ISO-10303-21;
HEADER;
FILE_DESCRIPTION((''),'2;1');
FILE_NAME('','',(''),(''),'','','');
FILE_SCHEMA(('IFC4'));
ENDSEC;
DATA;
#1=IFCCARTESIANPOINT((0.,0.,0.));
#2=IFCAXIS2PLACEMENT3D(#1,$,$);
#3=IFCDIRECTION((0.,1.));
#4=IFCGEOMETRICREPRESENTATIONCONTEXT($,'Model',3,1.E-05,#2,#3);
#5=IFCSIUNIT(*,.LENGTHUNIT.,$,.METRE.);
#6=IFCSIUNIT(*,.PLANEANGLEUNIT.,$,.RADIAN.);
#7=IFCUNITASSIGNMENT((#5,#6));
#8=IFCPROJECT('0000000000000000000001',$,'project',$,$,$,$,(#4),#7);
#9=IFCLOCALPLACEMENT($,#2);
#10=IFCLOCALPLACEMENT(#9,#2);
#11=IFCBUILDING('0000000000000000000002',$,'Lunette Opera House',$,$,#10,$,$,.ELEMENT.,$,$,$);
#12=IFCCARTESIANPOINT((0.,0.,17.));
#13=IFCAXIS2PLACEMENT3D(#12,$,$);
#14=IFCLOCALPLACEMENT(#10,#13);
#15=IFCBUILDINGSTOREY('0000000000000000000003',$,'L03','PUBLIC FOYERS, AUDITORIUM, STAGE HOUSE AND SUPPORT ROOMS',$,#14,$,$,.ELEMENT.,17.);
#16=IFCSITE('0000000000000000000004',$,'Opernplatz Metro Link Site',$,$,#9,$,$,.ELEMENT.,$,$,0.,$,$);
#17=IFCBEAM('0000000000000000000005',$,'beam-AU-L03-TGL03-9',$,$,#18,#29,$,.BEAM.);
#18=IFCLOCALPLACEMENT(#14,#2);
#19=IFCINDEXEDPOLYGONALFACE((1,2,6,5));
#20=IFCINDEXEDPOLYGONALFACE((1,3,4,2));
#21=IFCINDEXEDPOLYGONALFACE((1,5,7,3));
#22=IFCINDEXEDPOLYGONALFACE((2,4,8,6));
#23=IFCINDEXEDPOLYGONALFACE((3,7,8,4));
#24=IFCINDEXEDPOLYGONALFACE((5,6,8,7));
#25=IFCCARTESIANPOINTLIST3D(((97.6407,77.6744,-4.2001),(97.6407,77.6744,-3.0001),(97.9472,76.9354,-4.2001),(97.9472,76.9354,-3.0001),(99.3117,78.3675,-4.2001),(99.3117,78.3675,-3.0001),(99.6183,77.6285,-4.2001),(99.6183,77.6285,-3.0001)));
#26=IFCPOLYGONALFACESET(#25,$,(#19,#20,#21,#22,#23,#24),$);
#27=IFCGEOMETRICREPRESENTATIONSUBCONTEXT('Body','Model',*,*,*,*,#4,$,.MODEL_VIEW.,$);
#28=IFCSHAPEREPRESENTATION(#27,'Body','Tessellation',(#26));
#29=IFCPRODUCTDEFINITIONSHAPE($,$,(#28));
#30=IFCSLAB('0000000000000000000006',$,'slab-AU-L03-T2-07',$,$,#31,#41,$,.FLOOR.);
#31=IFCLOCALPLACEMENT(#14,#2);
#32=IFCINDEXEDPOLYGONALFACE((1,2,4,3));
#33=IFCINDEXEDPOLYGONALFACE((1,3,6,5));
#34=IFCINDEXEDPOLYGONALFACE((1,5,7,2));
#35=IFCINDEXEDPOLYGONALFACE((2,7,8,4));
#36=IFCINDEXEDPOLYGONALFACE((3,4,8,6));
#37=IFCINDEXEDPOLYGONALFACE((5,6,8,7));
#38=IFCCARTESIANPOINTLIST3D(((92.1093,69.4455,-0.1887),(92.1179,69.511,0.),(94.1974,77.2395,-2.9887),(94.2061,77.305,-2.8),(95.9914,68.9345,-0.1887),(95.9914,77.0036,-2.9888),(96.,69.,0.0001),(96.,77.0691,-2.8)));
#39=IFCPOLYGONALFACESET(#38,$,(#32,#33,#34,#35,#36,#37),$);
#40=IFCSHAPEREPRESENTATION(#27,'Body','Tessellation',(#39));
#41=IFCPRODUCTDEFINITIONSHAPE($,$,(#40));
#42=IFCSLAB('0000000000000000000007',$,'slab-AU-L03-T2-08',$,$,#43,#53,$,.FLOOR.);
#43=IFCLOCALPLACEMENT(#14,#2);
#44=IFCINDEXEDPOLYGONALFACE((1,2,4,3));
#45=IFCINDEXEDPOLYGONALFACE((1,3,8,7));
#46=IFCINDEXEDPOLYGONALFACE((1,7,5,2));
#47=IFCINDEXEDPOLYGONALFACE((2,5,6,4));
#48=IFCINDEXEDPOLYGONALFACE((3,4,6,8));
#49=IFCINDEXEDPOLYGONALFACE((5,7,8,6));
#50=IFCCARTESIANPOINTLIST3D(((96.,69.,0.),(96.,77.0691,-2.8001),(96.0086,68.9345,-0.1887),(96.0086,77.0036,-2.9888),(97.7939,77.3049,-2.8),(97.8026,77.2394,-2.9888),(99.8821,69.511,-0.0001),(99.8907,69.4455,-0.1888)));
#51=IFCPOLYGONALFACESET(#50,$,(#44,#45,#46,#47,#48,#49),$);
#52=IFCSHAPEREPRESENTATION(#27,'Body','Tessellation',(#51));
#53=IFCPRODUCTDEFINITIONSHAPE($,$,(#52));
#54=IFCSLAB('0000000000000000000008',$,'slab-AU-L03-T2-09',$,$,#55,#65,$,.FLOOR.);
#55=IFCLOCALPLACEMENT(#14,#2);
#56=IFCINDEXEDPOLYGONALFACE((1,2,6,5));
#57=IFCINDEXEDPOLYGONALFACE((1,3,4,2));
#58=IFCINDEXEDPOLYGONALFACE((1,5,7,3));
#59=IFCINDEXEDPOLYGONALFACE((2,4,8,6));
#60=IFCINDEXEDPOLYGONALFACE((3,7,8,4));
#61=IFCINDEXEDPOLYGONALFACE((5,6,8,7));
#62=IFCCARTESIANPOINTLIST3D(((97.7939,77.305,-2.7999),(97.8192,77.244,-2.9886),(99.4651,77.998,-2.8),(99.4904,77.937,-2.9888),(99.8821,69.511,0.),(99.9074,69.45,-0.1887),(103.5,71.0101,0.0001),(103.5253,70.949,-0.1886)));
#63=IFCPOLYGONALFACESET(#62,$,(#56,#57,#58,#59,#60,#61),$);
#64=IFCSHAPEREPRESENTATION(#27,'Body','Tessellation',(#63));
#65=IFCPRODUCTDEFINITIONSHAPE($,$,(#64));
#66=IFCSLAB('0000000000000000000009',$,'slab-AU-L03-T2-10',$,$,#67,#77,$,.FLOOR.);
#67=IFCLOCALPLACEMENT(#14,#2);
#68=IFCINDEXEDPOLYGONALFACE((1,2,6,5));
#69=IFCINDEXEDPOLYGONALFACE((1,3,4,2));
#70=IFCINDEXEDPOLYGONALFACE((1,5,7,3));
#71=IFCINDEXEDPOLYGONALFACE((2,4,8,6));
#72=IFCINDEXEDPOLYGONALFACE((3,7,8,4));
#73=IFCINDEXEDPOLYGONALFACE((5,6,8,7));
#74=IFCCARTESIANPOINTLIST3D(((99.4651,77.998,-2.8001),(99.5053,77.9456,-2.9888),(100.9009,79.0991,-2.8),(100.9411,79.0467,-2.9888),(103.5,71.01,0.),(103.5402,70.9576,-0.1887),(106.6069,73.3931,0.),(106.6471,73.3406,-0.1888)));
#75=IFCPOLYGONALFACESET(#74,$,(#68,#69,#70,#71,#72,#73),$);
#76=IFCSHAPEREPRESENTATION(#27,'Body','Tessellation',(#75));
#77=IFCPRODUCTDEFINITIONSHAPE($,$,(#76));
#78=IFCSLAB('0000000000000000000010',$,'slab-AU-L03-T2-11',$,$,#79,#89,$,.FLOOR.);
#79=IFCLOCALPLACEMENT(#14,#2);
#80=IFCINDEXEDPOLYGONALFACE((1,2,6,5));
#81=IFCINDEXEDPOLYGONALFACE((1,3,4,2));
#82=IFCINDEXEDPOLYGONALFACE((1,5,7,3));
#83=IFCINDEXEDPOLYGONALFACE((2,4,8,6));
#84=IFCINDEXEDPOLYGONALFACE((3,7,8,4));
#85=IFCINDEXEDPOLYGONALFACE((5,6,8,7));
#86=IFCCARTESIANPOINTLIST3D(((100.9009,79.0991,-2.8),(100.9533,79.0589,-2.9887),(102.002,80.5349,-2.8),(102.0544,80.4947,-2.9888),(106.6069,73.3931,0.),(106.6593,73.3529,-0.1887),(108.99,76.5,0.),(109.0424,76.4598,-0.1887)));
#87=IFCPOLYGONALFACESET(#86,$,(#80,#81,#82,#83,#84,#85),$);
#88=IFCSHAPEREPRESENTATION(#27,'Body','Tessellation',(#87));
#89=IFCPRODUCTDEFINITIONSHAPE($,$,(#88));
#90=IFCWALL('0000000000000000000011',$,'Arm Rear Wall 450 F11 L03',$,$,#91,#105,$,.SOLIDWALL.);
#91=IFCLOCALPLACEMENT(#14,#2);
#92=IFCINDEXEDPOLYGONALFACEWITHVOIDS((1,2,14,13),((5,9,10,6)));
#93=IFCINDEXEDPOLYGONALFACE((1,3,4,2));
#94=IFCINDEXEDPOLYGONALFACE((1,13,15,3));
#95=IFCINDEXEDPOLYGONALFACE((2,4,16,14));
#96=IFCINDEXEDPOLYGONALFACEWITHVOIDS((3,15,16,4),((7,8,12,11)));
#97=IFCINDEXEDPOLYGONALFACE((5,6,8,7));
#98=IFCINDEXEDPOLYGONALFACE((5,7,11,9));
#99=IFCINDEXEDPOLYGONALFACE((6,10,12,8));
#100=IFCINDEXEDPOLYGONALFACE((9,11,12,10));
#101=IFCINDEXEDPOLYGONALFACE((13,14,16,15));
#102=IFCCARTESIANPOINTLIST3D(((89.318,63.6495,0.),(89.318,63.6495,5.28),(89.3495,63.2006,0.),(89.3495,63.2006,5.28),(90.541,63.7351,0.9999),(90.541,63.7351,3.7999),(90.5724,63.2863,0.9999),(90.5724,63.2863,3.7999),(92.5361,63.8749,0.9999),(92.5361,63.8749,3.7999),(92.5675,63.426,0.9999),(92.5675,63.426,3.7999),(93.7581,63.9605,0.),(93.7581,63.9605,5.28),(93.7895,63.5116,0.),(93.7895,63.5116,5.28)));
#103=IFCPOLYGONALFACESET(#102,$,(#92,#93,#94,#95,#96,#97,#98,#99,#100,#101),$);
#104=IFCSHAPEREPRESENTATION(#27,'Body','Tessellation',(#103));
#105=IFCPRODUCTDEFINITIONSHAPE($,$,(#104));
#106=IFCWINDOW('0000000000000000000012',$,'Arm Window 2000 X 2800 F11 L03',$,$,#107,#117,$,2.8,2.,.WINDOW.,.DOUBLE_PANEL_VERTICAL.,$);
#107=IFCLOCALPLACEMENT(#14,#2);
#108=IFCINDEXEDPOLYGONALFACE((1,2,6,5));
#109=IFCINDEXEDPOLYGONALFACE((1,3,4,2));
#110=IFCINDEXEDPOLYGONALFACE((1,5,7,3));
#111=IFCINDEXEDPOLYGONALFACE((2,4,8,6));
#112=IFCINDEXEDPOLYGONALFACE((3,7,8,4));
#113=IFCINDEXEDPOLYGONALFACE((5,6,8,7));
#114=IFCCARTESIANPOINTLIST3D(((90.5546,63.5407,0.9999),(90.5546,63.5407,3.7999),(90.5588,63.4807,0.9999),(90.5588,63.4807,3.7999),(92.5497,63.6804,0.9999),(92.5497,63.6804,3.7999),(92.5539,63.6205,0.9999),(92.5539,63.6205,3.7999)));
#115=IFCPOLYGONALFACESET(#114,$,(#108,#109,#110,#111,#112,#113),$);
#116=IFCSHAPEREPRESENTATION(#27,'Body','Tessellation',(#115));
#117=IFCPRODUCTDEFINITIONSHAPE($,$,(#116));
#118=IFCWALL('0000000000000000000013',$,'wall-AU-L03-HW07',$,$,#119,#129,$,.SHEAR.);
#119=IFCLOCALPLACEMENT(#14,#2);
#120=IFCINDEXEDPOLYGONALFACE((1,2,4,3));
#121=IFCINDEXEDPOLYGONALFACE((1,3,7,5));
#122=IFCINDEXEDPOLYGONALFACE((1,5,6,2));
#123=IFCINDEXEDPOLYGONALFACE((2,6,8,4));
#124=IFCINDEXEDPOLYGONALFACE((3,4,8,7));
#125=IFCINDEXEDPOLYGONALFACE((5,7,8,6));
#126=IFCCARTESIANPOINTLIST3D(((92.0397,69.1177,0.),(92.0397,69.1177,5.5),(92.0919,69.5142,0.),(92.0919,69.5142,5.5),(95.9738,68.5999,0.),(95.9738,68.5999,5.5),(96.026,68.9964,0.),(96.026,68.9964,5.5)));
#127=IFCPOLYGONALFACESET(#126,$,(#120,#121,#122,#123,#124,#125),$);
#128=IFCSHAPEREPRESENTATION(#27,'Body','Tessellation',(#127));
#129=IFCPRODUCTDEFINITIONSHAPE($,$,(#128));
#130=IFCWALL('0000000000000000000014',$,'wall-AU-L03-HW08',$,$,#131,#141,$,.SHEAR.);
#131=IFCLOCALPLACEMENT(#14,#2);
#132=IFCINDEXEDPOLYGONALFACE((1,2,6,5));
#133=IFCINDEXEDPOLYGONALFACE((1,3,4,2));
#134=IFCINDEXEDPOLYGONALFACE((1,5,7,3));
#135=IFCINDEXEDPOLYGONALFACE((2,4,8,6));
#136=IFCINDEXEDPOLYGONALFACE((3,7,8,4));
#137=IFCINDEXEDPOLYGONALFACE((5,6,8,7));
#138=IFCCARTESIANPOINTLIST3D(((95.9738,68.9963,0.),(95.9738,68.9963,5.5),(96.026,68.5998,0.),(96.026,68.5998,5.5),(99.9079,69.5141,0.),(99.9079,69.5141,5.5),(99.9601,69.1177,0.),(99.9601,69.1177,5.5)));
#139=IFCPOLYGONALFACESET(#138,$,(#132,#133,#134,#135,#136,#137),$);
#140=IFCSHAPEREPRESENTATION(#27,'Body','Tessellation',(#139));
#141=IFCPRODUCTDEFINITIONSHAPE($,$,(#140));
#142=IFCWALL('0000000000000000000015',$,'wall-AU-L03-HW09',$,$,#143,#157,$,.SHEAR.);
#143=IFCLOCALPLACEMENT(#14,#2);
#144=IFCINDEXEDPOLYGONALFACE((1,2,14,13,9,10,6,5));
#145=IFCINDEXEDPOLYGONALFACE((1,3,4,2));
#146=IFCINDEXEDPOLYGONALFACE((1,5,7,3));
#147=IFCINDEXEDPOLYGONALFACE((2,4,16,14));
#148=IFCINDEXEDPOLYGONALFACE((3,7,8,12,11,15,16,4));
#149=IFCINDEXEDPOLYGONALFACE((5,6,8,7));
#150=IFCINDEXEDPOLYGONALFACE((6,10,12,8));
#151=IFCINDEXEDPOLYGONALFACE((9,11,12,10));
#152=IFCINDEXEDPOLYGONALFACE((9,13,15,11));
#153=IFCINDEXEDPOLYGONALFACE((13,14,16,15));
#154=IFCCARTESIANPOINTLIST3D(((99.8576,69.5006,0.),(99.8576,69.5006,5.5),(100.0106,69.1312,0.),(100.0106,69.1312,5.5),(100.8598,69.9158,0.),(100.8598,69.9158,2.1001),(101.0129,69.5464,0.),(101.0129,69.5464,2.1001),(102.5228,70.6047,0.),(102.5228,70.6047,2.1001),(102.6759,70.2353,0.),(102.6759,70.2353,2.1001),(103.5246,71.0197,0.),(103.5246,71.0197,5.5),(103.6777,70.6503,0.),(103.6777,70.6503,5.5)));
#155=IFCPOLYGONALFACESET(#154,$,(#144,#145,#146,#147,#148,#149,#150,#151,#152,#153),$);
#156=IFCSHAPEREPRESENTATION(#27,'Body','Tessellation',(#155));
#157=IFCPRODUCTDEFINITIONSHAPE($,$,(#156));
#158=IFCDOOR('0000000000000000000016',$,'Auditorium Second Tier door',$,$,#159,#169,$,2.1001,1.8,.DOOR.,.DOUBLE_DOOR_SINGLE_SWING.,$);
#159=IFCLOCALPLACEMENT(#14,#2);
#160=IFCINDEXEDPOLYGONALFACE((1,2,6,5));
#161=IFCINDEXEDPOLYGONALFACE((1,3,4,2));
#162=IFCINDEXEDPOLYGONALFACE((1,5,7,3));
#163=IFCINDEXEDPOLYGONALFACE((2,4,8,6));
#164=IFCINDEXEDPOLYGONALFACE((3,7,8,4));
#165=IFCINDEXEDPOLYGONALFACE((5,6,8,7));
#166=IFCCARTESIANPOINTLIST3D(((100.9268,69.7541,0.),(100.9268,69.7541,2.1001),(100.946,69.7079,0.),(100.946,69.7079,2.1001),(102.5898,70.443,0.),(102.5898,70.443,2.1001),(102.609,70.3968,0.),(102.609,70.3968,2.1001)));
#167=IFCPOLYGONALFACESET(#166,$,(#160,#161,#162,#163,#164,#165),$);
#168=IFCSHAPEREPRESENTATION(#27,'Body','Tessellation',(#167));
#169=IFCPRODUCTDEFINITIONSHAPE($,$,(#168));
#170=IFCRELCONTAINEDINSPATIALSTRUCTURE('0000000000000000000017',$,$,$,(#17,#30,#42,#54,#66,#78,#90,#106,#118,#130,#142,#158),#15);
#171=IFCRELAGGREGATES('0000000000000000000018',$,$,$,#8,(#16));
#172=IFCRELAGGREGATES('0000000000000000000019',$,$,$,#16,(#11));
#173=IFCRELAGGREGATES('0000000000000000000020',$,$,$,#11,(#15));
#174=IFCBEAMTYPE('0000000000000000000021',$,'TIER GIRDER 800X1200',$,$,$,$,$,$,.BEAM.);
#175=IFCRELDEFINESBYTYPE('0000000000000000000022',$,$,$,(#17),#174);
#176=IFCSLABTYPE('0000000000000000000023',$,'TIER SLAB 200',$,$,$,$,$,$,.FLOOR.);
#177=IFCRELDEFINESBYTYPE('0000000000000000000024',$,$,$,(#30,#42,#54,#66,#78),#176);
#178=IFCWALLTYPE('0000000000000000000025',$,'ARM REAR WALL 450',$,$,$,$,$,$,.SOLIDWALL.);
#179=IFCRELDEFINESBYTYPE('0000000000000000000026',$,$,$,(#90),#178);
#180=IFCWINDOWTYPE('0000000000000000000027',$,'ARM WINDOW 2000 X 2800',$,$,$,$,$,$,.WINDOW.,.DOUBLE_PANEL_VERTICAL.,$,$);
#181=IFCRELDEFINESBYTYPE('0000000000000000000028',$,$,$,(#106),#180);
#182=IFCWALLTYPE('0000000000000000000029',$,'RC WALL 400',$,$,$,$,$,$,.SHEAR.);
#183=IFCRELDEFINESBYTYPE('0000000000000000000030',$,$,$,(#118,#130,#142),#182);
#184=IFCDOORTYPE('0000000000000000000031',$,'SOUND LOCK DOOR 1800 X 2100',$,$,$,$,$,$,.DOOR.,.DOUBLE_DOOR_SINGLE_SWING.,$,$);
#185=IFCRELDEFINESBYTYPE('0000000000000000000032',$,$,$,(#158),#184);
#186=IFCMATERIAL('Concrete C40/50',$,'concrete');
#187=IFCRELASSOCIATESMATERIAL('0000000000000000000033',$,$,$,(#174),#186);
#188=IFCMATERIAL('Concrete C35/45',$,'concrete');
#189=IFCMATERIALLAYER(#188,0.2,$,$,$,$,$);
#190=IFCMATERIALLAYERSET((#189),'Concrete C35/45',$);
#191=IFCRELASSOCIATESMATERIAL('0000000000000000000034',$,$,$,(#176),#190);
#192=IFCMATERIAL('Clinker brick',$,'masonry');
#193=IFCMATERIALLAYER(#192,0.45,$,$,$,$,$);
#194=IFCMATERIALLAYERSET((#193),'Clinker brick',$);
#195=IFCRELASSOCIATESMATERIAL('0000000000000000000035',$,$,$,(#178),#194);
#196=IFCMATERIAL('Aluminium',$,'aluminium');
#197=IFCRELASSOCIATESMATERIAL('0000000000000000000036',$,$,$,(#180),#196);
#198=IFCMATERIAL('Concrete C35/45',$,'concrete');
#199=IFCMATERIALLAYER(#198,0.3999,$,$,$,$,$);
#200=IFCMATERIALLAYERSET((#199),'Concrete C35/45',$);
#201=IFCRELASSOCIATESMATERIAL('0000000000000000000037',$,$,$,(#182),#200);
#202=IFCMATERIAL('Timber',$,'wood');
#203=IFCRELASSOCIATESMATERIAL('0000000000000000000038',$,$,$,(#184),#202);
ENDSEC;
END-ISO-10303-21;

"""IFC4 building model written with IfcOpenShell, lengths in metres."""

from ifc_helpers import new_model, si_unit, direction, frame, frame_2d, origin, origin_2d, place, context, subcontext, project, spatial, polyline, rectangle, outline, extrude, material, layer, layer_set, material_profile, profile_set, type_object, element, fill, save


model = new_model("IFC4")

# Units and contexts
model_context = context("Model", 3, precision=1e-05, world=origin(), true_north=direction((0.0, 1.0)))
body_context = subcontext(model_context, "Body", "Model", "MODEL_VIEW")
ifc_project = project(units=[si_unit("LENGTHUNIT", "METRE"), si_unit("PLANEANGLEUNIT", "RADIAN")], contexts=[model_context])

# Site, building, storey
site_placement = place(None, origin())
site = spatial("IfcSite", under=ifc_project, at=site_placement, Name="Opernplatz Metro Link Site", CompositionType="ELEMENT", RefElevation=0.0)
building_placement = place(site_placement, origin())
building = spatial("IfcBuilding", under=site, at=building_placement, Name="Lunette Opera House", CompositionType="ELEMENT")
storey_placement = place(building_placement, frame((0.0, 0.0, 17.0)))
storey = spatial("IfcBuildingStorey", under=building, at=storey_placement, Name="L03", Description="PUBLIC FOYERS, AUDITORIUM, STAGE HOUSE AND SUPPORT ROOMS", CompositionType="ELEMENT", Elevation=17.0)

# Beam
ifc_material_1 = material(Name="Concrete C40/50", Category="concrete")
ifc_material_profile_1 = material_profile(ifc_material_1, rectangle(XDim=0.8, YDim=1.2, at=origin_2d()), Name="TIER GIRDER 800X1200")
ifc_profile_set_1 = profile_set([ifc_material_profile_1], Name="Concrete C40/50")
beam_type_1 = type_object("IfcBeamType", Name="TIER GIRDER 800X1200", PredefinedType="BEAM", material=ifc_profile_set_1)
beam_1_placement = place(storey_placement, frame((97.7939, 77.3049, -3.6001), z_axis=(0.923703, 0.383111, 0.0), x_axis=(-0.383111, 0.923703, 0.0)))
element("IfcBeam", 1, at=beam_1_placement, inside=storey, type_object=beam_type_1, Name="beam-AU-L03-TGL03-9", PredefinedType="BEAM", context=body_context, shape_type="SweptSolid", body=[
    extrude(rectangle(XDim=0.8, YDim=1.2, at=origin_2d()), origin(), (0.0, 0.0, 1.0), 1.8091),
])

# Slabs
ifc_material_2 = material(Name="Concrete C35/45", Category="concrete")
ifc_layer_1 = layer(ifc_material_2, 0.2)
ifc_layer_set_1 = layer_set([ifc_layer_1], Name="Concrete C35/45")
slab_type = type_object("IfcSlabType", Name="TIER SLAB 200", PredefinedType="FLOOR", material=ifc_layer_set_1)
slab_1_placement = place(storey_placement, frame((92.1179, 69.511, 0.0), z_axis=(0.043096, 0.327535, 0.943856), x_axis=(0.991449, -0.130496, 0.000016)))
element("IfcSlab", 2, at=slab_1_placement, inside=storey, type_object=slab_type, Name="slab-AU-L03-T2-07", PredefinedType="FLOOR", context=body_context, shape_type="SweptSolid", body=[
    extrude(outline(polyline([(0.0, 0.0), (3.9156, 0.0), (2.8625, 8.4759), (1.0532, 8.4757), (0.0, 0.0)])), origin(), (0.0, 0.0, -1.0), 0.2),
])
slab_2_placement = place(storey_placement, frame((96.0, 69.0, 0.0), z_axis=(-0.043096, 0.327535, 0.943856), x_axis=(0.991449, 0.130496, -0.000016)))
element("IfcSlab", 3, at=slab_2_placement, inside=storey, type_object=slab_type, Name="slab-AU-L03-T2-08", PredefinedType="FLOOR", context=body_context, shape_type="SweptSolid", body=[
    extrude(outline(polyline([(0.0, 0.0), (3.9156, 0.0), (2.8624, 8.4757), (1.053, 8.4759), (0.0, 0.0)])), origin(), (0.0, 0.0, -1.0), 0.2),
])
slab_3_placement = place(storey_placement, frame((99.8821, 69.511, 0.0), z_axis=(-0.126488, 0.305182, 0.943856), x_axis=(0.923836, 0.382789, 0.000036)))
element("IfcSlab", 4, at=slab_3_placement, inside=storey, type_object=slab_type, Name="slab-AU-L03-T2-09", PredefinedType="FLOOR", context=body_context, shape_type="SweptSolid", body=[
    extrude(outline(polyline([(0.0, 0.0), (3.9162, 0.0), (2.8634, 8.4762), (1.0542, 8.4755), (0.0, 0.0)])), origin(), (0.0, 0.0, -1.0), 0.2),
])
slab_4_placement = place(storey_placement, frame((103.5, 71.01, 0.0), z_axis=(-0.201039, 0.262122, 0.943862), x_axis=(0.793476, 0.608602, -0.000008)))
element("IfcSlab", 5, at=slab_4_placement, inside=storey, type_object=slab_type, Name="slab-AU-L03-T2-10", PredefinedType="FLOOR", context=body_context, shape_type="SweptSolid", body=[
    extrude(outline(polyline([(0.0, 0.0), (3.9156, 0.0), (2.8607, 8.4762), (1.0514, 8.4763), (0.0, 0.0)])), origin(), (0.0, 0.0, -1.0), 0.2),
])
slab_5_placement = place(storey_placement, frame((106.6069, 73.3931, 0.0), z_axis=(-0.262122, 0.201039, 0.943862), x_axis=(0.608602, 0.793476, 0.000008)))
element("IfcSlab", 6, at=slab_5_placement, inside=storey, type_object=slab_type, Name="slab-AU-L03-T2-11", PredefinedType="FLOOR", context=body_context, shape_type="SweptSolid", body=[
    extrude(outline(polyline([(0.0, 0.0), (3.9156, 0.0), (2.8643, 8.4763), (1.0549, 8.4762), (0.0, 0.0)])), origin(), (0.0, 0.0, -1.0), 0.2),
])

# Wall, opening, window
ifc_material_3 = material(Name="Clinker brick", Category="masonry")
ifc_layer_2 = layer(ifc_material_3, 0.45)
ifc_layer_set_2 = layer_set([ifc_layer_2], Name="Clinker brick")
wall_type_1 = type_object("IfcWallType", Name="ARM REAR WALL 450", PredefinedType="SOLIDWALL", material=ifc_layer_set_2)
wall_1_placement = place(storey_placement, frame((93.7739, 63.7361, 0.0), z_axis=(0.0, 0.0, 1.0), x_axis=(-0.997555, -0.069883, 0.0)))
wall_1 = element("IfcWall", 7, at=wall_1_placement, inside=storey, type_object=wall_type_1, Name="Arm Rear Wall 450 F11 L03", PredefinedType="SOLIDWALL", context=body_context, shape_type="SweptSolid", body=[
    extrude(rectangle(XDim=4.4509, YDim=0.45, at=frame_2d((2.2256, 0.0))), origin(), (0.0, 0.0, 1.0), 5.28),
])
opening_1_placement = place(wall_1_placement, frame((1.2251, 0.0, 1.0)))
opening_1 = element("IfcOpeningElement", 8, at=opening_1_placement, cuts=wall_1, PredefinedType="OPENING", context=body_context, shape_type="SweptSolid", body=[
    extrude(rectangle(XDim=2.0, YDim=2.8, at=frame_2d((1.0, 1.3999))), frame((0.0, 0.2371, 0.0), z_axis=(0.0, -1.0, 0.0), x_axis=(1.0, 0.0, 0.0)), (0.0, 0.0, 1.0), 0.4739),
])
ifc_material_4 = material(Name="Aluminium", Category="aluminium")
window_type = type_object("IfcWindowType", Name="ARM WINDOW 2000 X 2800", PartitioningType="DOUBLE_PANEL_VERTICAL", PredefinedType="WINDOW", material=ifc_material_4)
window_placement = place(opening_1_placement, origin())
window = element("IfcWindow", 9, at=window_placement, inside=storey, type_object=window_type, Name="Arm Window 2000 X 2800 F11 L03", OverallHeight=2.8, OverallWidth=2.0, PartitioningType="DOUBLE_PANEL_VERTICAL", PredefinedType="WINDOW", context=body_context, shape_type="SweptSolid", body=[
    extrude(rectangle(XDim=2.0, YDim=2.8, at=frame_2d((1.0, 1.3999))), frame((0.0, 0.03, 0.0), z_axis=(0.0, -1.0, 0.0), x_axis=(1.0, 0.0, 0.0)), (0.0, 0.0, 1.0), 0.0601),
])
fill(opening_1, window)

# Walls
ifc_material_5 = material(Name="Concrete C35/45", Category="concrete")
ifc_layer_3 = layer(ifc_material_5, 0.3999)
ifc_layer_set_3 = layer_set([ifc_layer_3], Name="Concrete C35/45")
wall_type_2 = type_object("IfcWallType", Name="RC WALL 400", PredefinedType="SHEAR", material=ifc_layer_set_3)
for number, where, z_axis, x_axis, name in (
    (10, (92.0659, 69.3159, 0.0), (0.0, 0.0, 1.0), (0.991448, -0.130499, 0.0), "wall-AU-L03-HW07"),
    (11, (96.0, 68.7981, 0.0), (0.0, 0.0, 1.0), (0.991448, 0.130499, 0.0), "wall-AU-L03-HW08"),
):
    element("IfcWall", number, at=place(storey_placement, frame(where, z_axis=z_axis, x_axis=x_axis)), inside=storey, type_object=wall_type_2, Name=name, PredefinedType="SHEAR", context=body_context, shape_type="SweptSolid", body=[
        extrude(rectangle(XDim=3.968, YDim=0.3999, at=frame_2d((1.9839, 0.0))), origin(), (0.0, 0.0, 1.0), 5.5),
    ])

# Wall, opening, door
wall_2_placement = place(storey_placement, frame((99.9341, 69.3159, 0.0), z_axis=(0.0, 0.0, 1.0), x_axis=(0.923868, 0.38271, 0.0)))
wall_2 = element("IfcWall", 12, at=wall_2_placement, inside=storey, type_object=wall_type_2, Name="wall-AU-L03-HW09", PredefinedType="SHEAR", context=body_context, shape_type="SweptSolid", body=[
    extrude(rectangle(XDim=3.9692, YDim=0.3999, at=frame_2d((1.9846, 0.0))), origin(), (0.0, 0.0, 1.0), 5.5),
])
opening_2_placement = place(wall_2_placement, frame((1.085, 0.0, 0.0)))
opening_2 = element("IfcOpeningElement", 13, at=opening_2_placement, cuts=wall_2, PredefinedType="OPENING", context=body_context, shape_type="SweptSolid", body=[
    extrude(rectangle(XDim=1.8, YDim=2.1001, at=frame_2d((0.8999, 1.05))), frame((0.0, 0.2119, 0.0), z_axis=(0.0, -1.0, 0.0), x_axis=(1.0, 0.0, 0.0)), (0.0, 0.0, 1.0), 0.4238),
])
ifc_material_6 = material(Name="Timber", Category="wood")
door_type_1 = type_object("IfcDoorType", Name="SOUND LOCK DOOR 1800 X 2100", OperationType="DOUBLE_DOOR_SINGLE_SWING", PredefinedType="DOOR", material=ifc_material_6)
door_1_placement = place(opening_2_placement, origin())
door_1 = element("IfcDoor", 14, at=door_1_placement, inside=storey, type_object=door_type_1, Name="Auditorium Second Tier door", OperationType="DOUBLE_DOOR_SINGLE_SWING", OverallHeight=2.1001, OverallWidth=1.8, PredefinedType="DOOR", context=body_context, shape_type="SweptSolid", body=[
    extrude(rectangle(XDim=1.8, YDim=2.1001, at=frame_2d((0.8999, 1.05))), frame((0.0, 0.0249, 0.0), z_axis=(0.0, -1.0, 0.0), x_axis=(1.0, 0.0, 0.0)), (0.0, 0.0, 1.0), 0.05),
])
fill(opening_2, door_1)

save(model, "model.ifc")
